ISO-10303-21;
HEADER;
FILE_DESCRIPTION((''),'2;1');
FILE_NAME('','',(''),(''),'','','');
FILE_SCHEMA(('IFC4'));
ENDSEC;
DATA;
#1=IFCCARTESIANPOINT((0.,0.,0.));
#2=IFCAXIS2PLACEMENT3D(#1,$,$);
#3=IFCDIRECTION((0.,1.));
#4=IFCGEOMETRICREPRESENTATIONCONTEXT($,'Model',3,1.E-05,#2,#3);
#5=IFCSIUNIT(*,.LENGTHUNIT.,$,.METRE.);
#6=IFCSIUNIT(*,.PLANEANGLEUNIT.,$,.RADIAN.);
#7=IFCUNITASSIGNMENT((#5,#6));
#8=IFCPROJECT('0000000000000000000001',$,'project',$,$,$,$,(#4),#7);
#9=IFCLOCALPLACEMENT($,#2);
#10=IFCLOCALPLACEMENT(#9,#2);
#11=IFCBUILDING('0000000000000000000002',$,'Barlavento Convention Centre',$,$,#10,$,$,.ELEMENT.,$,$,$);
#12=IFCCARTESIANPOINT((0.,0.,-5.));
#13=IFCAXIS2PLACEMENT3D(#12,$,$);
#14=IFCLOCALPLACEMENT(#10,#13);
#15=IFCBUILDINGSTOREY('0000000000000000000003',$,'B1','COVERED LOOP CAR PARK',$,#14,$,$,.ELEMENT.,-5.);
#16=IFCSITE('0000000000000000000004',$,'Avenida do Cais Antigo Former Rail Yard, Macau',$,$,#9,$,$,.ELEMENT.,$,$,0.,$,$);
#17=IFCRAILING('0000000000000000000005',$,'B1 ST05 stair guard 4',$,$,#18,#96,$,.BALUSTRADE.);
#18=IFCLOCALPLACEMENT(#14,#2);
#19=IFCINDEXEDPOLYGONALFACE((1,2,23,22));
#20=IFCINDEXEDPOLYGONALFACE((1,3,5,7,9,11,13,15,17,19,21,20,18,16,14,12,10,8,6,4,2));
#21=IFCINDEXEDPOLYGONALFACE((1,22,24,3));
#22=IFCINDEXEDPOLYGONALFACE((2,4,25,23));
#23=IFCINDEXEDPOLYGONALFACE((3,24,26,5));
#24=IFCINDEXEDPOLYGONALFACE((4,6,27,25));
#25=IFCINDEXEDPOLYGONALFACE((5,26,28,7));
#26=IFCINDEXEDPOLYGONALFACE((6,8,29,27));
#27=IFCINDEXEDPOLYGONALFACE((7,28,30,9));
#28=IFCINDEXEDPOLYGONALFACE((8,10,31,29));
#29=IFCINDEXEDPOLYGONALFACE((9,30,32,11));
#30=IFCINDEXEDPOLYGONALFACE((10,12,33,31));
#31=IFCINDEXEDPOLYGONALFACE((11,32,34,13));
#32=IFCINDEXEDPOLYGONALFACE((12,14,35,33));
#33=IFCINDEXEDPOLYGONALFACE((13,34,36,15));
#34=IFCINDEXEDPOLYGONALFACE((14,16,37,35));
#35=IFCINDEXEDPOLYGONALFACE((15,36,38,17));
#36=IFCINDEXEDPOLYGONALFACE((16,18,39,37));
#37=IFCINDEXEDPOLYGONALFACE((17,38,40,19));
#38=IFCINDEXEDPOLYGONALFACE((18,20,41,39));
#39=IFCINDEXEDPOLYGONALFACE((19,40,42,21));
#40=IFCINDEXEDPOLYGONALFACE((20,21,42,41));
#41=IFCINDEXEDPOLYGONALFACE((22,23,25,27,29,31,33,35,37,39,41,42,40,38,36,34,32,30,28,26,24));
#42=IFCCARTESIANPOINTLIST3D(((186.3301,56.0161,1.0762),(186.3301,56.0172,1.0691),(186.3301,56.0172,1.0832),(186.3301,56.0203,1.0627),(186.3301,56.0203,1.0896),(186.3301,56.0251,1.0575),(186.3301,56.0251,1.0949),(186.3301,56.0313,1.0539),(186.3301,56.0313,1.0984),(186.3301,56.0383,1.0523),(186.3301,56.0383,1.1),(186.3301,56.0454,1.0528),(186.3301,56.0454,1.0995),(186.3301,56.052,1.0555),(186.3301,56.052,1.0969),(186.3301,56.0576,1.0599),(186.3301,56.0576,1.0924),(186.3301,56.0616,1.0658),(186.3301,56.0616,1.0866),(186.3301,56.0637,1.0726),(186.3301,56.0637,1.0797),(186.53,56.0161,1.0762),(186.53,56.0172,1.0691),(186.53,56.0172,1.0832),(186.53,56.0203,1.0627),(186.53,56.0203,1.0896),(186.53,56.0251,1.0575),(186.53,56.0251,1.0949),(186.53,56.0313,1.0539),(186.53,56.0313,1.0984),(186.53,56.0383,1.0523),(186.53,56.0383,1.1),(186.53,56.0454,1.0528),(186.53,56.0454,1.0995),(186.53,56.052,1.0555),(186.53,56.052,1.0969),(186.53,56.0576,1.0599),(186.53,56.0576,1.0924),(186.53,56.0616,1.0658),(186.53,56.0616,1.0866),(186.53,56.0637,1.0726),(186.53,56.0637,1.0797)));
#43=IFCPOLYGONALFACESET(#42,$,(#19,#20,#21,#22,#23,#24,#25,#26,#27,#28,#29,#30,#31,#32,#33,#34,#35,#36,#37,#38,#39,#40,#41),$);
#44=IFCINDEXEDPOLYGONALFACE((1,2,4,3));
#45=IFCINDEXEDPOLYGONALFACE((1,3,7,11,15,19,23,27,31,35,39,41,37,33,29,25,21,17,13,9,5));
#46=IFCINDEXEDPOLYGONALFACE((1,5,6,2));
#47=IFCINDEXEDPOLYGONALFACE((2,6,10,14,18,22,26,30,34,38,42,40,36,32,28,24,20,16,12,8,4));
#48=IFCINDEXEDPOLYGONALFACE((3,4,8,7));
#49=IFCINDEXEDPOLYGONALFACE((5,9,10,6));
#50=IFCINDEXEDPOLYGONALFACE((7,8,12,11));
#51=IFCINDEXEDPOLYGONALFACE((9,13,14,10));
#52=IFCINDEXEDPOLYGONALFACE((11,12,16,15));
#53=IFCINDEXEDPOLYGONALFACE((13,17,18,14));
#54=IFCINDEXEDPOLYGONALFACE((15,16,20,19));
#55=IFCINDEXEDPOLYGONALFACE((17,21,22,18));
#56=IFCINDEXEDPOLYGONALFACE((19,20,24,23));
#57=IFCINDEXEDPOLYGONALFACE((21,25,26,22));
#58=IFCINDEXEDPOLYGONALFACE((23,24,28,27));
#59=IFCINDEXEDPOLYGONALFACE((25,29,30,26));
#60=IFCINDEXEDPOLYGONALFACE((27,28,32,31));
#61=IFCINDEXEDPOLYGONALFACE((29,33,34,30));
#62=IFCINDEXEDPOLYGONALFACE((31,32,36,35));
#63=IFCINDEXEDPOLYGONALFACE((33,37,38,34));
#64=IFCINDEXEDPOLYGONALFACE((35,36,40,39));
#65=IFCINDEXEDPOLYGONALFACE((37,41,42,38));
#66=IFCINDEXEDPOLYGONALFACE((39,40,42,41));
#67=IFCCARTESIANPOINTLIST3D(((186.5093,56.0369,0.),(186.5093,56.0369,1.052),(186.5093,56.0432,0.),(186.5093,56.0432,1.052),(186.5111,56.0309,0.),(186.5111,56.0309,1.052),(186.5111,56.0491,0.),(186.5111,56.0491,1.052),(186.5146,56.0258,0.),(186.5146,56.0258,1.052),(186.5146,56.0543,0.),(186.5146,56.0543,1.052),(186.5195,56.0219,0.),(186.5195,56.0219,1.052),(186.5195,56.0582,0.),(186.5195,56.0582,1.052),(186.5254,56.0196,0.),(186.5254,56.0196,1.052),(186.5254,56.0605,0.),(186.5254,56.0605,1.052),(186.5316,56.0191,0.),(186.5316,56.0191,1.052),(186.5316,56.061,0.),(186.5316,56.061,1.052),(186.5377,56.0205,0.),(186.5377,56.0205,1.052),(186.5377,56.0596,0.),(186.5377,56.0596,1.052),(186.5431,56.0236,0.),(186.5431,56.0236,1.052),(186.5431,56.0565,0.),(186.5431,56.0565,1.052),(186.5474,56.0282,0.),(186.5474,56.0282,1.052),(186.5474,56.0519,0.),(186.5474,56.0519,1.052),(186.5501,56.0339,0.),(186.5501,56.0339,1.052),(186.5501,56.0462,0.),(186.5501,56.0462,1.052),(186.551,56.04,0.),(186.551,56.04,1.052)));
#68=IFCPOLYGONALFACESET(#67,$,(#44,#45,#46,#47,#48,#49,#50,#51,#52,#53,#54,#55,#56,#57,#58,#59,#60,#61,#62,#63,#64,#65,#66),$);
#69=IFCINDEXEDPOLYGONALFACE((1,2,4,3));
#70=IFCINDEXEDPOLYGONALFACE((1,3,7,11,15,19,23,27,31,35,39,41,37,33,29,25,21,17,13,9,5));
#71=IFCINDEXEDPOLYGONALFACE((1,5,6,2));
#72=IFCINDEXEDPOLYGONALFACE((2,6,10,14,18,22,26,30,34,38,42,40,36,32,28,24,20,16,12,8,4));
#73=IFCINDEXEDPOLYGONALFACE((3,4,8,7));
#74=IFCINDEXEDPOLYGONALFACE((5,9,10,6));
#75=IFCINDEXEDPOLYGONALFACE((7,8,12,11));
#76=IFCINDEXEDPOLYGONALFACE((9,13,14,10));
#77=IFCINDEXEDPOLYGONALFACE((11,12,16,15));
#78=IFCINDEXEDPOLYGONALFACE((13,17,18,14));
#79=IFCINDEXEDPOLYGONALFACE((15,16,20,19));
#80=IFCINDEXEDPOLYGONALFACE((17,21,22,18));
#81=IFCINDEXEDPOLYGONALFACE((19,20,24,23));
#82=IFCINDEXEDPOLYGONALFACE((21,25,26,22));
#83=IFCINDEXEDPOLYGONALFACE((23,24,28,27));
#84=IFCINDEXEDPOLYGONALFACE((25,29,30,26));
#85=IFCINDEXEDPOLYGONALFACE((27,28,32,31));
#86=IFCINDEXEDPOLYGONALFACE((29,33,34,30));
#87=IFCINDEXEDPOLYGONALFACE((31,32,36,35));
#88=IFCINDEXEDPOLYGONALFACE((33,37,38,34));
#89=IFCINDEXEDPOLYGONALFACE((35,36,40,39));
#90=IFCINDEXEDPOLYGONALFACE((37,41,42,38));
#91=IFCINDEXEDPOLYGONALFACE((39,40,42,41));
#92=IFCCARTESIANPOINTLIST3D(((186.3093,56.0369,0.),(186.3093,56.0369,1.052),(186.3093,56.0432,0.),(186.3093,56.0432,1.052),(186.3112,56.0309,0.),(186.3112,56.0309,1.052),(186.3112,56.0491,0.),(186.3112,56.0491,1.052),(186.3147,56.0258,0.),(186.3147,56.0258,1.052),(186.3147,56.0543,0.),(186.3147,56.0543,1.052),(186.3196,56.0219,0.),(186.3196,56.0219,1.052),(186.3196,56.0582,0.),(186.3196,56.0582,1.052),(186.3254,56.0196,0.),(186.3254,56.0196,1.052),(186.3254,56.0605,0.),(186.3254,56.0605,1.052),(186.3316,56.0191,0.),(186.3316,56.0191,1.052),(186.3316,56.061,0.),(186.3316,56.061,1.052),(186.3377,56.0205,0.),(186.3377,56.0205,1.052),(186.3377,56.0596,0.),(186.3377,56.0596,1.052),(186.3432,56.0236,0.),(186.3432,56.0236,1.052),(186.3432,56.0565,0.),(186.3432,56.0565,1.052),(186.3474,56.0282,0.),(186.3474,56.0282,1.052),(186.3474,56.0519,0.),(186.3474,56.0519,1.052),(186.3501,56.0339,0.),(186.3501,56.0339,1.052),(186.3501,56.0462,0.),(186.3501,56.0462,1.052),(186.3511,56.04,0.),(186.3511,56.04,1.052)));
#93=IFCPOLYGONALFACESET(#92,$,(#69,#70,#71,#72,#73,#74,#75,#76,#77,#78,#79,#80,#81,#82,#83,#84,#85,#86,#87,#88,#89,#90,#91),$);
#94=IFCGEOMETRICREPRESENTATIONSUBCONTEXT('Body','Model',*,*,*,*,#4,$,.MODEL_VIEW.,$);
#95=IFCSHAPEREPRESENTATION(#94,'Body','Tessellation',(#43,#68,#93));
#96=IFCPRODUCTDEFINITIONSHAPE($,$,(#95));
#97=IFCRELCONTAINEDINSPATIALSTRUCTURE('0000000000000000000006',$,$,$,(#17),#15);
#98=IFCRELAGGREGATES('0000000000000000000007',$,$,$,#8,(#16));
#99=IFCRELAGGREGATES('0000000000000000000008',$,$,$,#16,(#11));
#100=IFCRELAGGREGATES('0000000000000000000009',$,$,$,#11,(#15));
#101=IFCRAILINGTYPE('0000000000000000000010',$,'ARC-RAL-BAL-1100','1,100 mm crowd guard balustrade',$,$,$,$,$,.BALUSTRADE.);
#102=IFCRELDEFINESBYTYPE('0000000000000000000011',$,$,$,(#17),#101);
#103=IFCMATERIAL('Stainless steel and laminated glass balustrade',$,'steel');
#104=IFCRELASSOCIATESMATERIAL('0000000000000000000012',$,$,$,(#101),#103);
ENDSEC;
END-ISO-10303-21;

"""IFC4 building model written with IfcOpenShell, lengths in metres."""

from ifc_helpers import new_model, si_unit, direction, frame, origin, origin_2d, place, context, subcontext, project, spatial, circle, extrude, material, type_object, element, save


model = new_model("IFC4")

# Units and contexts
model_context = context("Model", 3, precision=1e-05, world=origin(), true_north=direction((0.0, 1.0)))
body_context = subcontext(model_context, "Body", "Model", "MODEL_VIEW")
ifc_project = project(units=[si_unit("LENGTHUNIT", "METRE"), si_unit("PLANEANGLEUNIT", "RADIAN")], contexts=[model_context])

# Site, building, storey
site_placement = place(None, origin())
site = spatial("IfcSite", under=ifc_project, at=site_placement, Name="Avenida do Cais Antigo Former Rail Yard, Macau", CompositionType="ELEMENT", RefElevation=0.0)
building_placement = place(site_placement, origin())
building = spatial("IfcBuilding", under=site, at=building_placement, Name="Barlavento Convention Centre", CompositionType="ELEMENT")
storey_placement = place(building_placement, frame((0.0, 0.0, -5.0)))
storey = spatial("IfcBuildingStorey", under=building, at=storey_placement, Name="B1", Description="COVERED LOOP CAR PARK", CompositionType="ELEMENT", Elevation=-5.0)

# Railing
ifc_material_1 = material(Name="Stainless steel and laminated glass balustrade", Category="steel")
railing_type_1 = type_object("IfcRailingType", Name="ARC-RAL-BAL-1100", Description="1,100 mm crowd guard balustrade", PredefinedType="BALUSTRADE", material=ifc_material_1)
railing_1_placement = place(storey_placement, frame((186.53, 56.04, 0.0)))
element("IfcRailing", 1, at=railing_1_placement, inside=storey, type_object=railing_type_1, Name="B1 ST05 stair guard 4", PredefinedType="BALUSTRADE", context=body_context, shape_type="SweptSolid", body=[
    extrude(circle(Radius=0.0239, at=origin_2d()), frame((0.0, 0.0, 1.0762), z_axis=(-1.0, 0.0, 0.0), x_axis=(0.0, -1.0, 0.0)), (0.0, 0.0, 1.0), 0.2),
    extrude(circle(Radius=0.021, at=origin_2d()), origin(), (0.0, 0.0, 1.0), 1.052),
    extrude(circle(Radius=0.021, at=origin_2d()), frame((-0.2, 0.0, 0.0)), (0.0, 0.0, 1.0), 1.052),
])

save(model, "model.ifc")
